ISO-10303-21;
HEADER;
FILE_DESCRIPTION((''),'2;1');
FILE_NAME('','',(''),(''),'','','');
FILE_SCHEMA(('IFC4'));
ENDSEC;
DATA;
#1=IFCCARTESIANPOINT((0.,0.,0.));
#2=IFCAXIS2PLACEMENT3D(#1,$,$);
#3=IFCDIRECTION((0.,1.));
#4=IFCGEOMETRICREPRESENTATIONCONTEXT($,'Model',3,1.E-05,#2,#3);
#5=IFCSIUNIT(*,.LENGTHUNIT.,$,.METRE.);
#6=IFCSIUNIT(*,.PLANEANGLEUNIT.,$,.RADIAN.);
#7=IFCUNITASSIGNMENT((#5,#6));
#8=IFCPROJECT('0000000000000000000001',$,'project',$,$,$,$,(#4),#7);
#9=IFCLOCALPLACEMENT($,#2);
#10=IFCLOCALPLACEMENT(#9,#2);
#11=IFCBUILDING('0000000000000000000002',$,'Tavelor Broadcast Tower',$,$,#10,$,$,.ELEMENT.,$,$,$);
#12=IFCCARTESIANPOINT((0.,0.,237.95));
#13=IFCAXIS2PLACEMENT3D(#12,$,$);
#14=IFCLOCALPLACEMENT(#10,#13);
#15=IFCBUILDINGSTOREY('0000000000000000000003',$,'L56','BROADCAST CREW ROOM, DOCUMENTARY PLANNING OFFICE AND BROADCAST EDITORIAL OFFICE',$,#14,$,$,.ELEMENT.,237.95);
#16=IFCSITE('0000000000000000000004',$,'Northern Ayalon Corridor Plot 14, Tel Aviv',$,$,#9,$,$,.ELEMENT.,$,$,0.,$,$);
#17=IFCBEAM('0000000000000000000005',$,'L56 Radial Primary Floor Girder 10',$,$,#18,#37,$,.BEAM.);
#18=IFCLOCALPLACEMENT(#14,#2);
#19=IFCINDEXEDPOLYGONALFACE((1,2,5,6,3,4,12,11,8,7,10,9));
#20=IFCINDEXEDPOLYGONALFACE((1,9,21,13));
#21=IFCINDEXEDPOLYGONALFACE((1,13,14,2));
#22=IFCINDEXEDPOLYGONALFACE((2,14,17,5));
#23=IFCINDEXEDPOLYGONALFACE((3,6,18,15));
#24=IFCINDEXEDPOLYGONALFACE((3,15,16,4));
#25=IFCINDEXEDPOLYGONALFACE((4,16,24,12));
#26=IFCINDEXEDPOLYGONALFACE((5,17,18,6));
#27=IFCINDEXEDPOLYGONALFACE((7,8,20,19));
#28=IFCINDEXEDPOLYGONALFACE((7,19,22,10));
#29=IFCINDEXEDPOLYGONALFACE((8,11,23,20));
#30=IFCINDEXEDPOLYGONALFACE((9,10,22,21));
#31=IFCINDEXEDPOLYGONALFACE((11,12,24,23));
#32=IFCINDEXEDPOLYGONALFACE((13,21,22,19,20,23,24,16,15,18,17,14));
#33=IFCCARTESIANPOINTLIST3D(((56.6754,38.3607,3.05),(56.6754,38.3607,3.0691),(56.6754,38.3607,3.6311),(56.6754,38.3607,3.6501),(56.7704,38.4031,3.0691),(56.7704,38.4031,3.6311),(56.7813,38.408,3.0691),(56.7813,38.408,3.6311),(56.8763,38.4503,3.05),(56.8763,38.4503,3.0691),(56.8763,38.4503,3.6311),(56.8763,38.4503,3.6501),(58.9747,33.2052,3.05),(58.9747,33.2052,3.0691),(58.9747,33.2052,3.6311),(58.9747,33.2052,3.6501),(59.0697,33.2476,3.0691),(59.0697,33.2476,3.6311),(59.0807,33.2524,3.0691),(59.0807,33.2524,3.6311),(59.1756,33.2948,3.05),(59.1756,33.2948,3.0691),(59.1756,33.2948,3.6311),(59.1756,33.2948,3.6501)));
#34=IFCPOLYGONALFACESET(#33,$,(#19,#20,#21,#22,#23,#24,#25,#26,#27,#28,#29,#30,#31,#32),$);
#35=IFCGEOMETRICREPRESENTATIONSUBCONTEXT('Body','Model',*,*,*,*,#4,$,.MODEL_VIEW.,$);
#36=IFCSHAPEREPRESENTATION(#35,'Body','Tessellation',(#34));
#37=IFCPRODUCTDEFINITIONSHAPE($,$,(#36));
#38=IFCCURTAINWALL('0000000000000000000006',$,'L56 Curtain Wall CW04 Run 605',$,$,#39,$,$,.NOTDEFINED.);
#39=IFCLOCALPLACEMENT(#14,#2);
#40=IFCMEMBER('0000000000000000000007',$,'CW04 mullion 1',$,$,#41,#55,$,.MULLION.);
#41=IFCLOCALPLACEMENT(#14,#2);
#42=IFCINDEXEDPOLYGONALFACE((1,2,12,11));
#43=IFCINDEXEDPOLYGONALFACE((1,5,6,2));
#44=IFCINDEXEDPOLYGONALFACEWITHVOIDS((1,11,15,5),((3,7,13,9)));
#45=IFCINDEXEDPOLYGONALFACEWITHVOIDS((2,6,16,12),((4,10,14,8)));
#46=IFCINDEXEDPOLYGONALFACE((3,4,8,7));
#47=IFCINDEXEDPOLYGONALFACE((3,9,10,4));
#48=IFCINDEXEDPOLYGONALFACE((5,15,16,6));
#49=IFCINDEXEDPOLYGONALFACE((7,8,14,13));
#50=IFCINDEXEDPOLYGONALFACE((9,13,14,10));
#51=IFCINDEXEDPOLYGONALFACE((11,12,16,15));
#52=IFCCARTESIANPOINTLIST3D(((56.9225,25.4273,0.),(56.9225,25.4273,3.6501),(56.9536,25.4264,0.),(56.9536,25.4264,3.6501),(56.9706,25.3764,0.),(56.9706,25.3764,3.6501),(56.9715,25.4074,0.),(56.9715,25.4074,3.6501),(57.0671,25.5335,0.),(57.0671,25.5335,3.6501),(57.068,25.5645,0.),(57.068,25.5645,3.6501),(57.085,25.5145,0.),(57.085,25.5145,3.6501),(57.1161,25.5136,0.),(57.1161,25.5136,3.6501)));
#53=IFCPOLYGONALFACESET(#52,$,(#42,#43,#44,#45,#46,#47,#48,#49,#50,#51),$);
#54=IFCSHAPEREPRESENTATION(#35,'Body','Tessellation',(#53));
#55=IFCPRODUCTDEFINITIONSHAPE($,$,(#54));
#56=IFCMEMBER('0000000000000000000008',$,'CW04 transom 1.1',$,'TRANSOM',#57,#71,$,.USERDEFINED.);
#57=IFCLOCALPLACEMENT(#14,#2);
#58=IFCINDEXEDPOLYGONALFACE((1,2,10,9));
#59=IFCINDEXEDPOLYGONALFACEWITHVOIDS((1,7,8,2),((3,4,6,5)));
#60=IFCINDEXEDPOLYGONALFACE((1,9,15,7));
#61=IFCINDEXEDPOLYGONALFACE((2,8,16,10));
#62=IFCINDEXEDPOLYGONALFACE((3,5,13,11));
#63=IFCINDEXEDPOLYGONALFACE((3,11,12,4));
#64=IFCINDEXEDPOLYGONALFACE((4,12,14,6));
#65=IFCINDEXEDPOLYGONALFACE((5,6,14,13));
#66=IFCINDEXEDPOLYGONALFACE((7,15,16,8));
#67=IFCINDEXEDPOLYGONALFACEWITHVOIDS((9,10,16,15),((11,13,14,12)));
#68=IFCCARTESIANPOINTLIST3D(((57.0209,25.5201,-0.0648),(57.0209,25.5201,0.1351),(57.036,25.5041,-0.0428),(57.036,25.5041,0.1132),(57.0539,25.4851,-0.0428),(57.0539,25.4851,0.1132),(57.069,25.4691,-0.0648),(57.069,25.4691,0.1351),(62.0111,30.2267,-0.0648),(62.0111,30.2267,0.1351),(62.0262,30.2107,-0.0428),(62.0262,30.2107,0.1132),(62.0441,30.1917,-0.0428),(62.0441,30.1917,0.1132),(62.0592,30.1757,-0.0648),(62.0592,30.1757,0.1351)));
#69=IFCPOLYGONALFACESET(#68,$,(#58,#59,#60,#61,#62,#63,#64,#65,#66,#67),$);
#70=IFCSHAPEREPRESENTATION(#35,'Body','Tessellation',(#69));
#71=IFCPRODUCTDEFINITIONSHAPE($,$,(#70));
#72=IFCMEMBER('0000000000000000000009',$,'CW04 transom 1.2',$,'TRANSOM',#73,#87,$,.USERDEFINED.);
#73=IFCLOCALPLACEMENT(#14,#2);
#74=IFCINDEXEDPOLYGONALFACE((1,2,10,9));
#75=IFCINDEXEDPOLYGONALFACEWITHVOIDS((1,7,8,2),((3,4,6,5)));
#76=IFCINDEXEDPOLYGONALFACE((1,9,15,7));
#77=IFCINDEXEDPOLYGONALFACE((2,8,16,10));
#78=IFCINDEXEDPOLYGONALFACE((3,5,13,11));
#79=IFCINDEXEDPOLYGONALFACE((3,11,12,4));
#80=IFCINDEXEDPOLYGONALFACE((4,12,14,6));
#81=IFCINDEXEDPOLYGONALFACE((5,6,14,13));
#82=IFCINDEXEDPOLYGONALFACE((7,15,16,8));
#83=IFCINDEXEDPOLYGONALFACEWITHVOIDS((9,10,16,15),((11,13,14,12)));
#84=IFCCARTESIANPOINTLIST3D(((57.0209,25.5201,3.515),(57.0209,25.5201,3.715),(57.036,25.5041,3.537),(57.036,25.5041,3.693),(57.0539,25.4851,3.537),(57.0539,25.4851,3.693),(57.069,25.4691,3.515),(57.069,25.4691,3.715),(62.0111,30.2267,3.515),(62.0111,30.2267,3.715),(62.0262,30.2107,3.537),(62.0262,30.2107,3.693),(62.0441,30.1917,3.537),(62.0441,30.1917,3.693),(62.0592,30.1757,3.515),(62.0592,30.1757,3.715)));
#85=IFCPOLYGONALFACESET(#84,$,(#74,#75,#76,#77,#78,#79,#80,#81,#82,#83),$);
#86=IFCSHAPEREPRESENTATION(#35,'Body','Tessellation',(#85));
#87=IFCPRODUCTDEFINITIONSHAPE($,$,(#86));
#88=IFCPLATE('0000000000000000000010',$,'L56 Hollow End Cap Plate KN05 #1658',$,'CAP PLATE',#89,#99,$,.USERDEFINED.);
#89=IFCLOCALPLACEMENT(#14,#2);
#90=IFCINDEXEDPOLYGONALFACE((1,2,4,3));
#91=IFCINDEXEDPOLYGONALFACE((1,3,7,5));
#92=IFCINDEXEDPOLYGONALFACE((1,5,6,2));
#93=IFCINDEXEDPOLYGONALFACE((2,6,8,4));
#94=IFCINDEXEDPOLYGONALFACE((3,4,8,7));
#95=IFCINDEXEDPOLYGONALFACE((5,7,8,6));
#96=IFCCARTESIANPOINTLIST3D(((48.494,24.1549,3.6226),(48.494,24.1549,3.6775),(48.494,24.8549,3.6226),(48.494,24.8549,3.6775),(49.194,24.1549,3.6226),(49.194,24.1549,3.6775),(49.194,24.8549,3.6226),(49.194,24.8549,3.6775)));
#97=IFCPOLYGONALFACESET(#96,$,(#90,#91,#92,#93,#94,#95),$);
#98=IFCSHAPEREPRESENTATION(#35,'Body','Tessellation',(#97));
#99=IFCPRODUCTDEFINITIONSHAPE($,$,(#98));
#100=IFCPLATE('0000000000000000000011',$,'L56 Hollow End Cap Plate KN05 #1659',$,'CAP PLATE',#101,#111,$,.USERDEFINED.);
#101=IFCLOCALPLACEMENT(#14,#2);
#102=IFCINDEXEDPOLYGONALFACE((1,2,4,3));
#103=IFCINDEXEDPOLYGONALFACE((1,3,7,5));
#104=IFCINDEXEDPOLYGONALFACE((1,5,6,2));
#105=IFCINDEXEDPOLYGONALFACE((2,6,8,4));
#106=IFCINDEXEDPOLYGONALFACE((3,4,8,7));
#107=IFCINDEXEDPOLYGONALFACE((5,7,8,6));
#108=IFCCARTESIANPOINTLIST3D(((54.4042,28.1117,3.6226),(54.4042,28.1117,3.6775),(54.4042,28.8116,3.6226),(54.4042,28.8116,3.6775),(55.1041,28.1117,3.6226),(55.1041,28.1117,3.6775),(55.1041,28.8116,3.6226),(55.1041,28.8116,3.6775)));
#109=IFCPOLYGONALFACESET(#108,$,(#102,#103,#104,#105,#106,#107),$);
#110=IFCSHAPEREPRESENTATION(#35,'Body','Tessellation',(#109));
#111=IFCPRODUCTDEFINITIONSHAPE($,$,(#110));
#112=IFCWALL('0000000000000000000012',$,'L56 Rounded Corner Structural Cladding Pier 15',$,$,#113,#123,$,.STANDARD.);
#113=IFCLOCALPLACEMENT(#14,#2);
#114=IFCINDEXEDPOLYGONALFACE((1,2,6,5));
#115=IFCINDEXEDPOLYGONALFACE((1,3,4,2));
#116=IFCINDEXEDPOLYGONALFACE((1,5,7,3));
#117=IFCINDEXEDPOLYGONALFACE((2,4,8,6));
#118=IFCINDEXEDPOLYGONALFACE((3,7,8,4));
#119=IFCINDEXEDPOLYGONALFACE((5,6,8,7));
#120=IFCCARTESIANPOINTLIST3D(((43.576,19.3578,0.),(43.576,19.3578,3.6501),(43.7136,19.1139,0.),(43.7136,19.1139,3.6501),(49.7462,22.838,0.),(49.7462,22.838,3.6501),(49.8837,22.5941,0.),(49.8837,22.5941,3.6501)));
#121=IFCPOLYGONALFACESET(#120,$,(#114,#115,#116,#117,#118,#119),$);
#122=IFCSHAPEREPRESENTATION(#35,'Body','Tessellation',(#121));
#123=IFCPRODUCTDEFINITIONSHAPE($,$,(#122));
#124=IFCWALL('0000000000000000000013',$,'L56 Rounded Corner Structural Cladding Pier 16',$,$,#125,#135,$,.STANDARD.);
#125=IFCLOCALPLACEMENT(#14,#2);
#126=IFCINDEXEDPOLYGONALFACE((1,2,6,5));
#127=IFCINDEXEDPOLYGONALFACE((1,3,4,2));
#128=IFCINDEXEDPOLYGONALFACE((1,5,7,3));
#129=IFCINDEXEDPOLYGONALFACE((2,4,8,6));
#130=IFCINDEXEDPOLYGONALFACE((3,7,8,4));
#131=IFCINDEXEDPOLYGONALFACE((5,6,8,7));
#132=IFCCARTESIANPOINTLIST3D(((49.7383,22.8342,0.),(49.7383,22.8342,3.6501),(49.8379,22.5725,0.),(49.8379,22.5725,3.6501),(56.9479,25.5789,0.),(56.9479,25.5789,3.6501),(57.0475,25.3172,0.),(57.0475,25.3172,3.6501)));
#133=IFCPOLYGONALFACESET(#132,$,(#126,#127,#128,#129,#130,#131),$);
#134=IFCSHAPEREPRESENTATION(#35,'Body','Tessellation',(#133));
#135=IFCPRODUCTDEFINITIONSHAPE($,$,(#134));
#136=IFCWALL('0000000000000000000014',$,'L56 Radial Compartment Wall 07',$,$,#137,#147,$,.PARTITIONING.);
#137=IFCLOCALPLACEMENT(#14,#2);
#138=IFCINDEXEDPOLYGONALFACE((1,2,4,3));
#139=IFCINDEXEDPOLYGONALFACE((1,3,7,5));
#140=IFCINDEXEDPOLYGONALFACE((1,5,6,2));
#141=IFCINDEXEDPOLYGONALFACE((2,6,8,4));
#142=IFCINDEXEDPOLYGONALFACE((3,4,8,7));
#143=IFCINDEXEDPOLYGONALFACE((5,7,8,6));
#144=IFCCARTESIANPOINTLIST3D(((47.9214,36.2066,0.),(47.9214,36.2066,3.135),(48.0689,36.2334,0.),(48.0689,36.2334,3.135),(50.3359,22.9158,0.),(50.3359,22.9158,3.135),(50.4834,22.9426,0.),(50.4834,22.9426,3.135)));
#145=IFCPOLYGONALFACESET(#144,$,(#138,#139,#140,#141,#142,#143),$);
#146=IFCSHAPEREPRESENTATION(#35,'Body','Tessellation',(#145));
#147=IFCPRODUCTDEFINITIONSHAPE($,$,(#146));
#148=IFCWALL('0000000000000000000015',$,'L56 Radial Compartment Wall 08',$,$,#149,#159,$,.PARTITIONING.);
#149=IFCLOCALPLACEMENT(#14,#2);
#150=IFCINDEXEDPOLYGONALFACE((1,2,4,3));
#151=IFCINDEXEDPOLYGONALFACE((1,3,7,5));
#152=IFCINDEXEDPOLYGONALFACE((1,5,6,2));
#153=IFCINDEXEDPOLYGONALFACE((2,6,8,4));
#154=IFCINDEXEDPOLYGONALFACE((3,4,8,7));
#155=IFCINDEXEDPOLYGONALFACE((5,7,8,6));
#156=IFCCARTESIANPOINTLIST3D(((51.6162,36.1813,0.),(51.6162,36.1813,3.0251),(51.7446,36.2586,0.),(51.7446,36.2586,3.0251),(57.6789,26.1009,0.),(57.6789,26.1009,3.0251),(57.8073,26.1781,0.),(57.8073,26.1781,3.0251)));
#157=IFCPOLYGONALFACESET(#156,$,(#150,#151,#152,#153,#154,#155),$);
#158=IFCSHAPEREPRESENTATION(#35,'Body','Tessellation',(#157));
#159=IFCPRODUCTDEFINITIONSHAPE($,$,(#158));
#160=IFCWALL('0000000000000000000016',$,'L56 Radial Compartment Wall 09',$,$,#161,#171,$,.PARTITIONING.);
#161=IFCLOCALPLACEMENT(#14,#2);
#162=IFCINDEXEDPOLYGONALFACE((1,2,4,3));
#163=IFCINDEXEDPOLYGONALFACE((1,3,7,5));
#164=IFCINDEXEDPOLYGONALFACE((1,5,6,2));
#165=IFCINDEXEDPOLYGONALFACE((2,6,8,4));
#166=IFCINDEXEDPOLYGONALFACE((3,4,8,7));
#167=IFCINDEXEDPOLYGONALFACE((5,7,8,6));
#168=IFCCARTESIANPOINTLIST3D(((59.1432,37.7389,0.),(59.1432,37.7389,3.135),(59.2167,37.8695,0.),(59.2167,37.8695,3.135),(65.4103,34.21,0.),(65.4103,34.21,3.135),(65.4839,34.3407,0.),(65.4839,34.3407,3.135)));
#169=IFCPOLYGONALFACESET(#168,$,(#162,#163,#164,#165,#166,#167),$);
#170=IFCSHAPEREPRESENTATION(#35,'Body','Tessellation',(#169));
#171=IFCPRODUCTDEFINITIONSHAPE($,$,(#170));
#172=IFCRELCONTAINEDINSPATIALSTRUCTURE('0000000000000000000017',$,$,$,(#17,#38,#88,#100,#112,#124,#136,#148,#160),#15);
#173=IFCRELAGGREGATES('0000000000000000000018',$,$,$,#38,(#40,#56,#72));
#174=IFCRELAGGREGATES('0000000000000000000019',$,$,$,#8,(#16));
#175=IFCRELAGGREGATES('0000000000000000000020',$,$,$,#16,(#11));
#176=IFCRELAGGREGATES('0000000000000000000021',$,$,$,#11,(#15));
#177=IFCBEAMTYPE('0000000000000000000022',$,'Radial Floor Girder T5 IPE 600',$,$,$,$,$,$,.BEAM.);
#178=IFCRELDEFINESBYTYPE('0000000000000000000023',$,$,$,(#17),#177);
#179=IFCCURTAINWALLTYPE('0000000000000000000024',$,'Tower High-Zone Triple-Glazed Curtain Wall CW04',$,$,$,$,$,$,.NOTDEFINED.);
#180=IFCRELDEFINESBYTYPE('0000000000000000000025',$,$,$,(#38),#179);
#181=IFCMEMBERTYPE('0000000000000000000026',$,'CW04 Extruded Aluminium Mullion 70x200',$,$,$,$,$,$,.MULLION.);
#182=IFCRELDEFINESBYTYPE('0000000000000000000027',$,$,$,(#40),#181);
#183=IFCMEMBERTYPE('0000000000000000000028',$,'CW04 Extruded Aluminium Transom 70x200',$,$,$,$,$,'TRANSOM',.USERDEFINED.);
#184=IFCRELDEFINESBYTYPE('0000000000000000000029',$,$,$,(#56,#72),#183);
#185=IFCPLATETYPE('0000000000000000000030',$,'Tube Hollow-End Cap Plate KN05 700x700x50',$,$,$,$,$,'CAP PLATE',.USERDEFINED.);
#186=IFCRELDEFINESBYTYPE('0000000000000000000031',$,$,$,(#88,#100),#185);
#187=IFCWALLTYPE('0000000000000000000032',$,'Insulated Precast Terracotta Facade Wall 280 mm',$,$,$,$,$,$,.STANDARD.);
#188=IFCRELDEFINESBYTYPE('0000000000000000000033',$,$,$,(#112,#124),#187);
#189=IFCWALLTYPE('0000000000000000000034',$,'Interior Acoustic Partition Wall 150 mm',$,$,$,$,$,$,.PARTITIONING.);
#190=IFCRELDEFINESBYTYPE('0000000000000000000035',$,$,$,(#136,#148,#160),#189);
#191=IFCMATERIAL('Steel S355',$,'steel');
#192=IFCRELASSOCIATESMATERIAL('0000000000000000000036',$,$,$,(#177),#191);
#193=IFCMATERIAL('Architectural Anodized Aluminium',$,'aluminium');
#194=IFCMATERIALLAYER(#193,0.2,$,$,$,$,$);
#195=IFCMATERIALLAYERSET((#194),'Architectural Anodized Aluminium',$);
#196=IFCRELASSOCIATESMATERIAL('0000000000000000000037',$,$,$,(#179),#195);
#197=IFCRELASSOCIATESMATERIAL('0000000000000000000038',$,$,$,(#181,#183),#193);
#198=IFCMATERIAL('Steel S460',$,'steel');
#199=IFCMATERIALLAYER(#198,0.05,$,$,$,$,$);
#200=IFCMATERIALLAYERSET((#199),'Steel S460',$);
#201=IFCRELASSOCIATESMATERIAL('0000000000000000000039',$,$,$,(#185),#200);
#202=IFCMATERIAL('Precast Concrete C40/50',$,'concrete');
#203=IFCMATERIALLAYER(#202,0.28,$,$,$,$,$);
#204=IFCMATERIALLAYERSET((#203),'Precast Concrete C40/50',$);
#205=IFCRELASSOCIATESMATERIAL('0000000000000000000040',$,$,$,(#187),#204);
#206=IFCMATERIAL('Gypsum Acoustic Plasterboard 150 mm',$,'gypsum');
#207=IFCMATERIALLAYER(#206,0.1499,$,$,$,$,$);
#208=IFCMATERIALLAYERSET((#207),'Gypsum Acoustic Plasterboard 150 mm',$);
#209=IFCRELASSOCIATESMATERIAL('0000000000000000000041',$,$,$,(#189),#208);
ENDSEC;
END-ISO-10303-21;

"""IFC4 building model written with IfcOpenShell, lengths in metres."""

from ifc_helpers import new_model, si_unit, direction, frame, frame_2d, origin, origin_2d, place, context, subcontext, project, spatial, rectangle, hollow_rectangle, i_section, extrude, source, transform, mapped, material, layer, layer_set, material_profile, profile_set, type_object, type_shapes, element, aggregate, save


model = new_model("IFC4")

# Units and contexts
model_context = context("Model", 3, precision=1e-05, world=origin(), true_north=direction((0.0, 1.0)))
body_context = subcontext(model_context, "Body", "Model", "MODEL_VIEW")
ifc_project = project(units=[si_unit("LENGTHUNIT", "METRE"), si_unit("PLANEANGLEUNIT", "RADIAN")], contexts=[model_context])

# Site, building, storey
site_placement = place(None, origin())
site = spatial("IfcSite", under=ifc_project, at=site_placement, Name="Northern Ayalon Corridor Plot 14, Tel Aviv", CompositionType="ELEMENT", RefElevation=0.0)
building_placement = place(site_placement, origin())
building = spatial("IfcBuilding", under=site, at=building_placement, Name="Tavelor Broadcast Tower", CompositionType="ELEMENT")
storey_placement = place(building_placement, frame((0.0, 0.0, 237.95)))
storey = spatial("IfcBuildingStorey", under=building, at=storey_placement, Name="L56", Description="BROADCAST CREW ROOM, DOCUMENTARY PLANNING OFFICE AND BROADCAST EDITORIAL OFFICE", CompositionType="ELEMENT", Elevation=237.95)

# Shared definitions
ifc_material_1 = material(Name="Steel S460", Category="steel")

# Beam
ifc_material_2 = material(Name="Steel S355", Category="steel")
ifc_material_profile_1 = material_profile(ifc_material_2, i_section(OverallWidth=0.22, OverallDepth=0.6001, WebThickness=0.012, FlangeThickness=0.019, at=origin_2d()), Name="IPE 600")
ifc_profile_set_1 = profile_set([ifc_material_profile_1], Name="Steel S355")
beam_type_1 = type_object("IfcBeamType", Name="Radial Floor Girder T5 IPE 600", PredefinedType="BEAM", material=ifc_profile_set_1)
beam_1_placement = place(storey_placement, frame((56.7759, 38.4055, 3.3501), z_axis=(0.407318, -0.913286, 0.0), x_axis=(0.913286, 0.407318, 0.0)))
element("IfcBeam", 1, at=beam_1_placement, inside=storey, type_object=beam_type_1, Name="L56 Radial Primary Floor Girder 10", PredefinedType="BEAM", context=body_context, shape_type="SweptSolid", body=[
    extrude(i_section(OverallWidth=0.22, OverallDepth=0.6001, WebThickness=0.012, FlangeThickness=0.019, at=origin_2d()), origin(), (0.0, 0.0, 1.0), 5.645),
])

# Curtain wall, members
ifc_material_3 = material(Name="Architectural Anodized Aluminium", Category="aluminium")
ifc_layer_1 = layer(ifc_material_3, 0.2)
ifc_layer_set_1 = layer_set([ifc_layer_1], Name="Architectural Anodized Aluminium")
curtain_wall_type = type_object("IfcCurtainWallType", Name="Tower High-Zone Triple-Glazed Curtain Wall CW04", PredefinedType="NOTDEFINED", material=ifc_layer_set_1)
curtain_wall_placement = place(storey_placement, origin())
curtain_wall = element("IfcCurtainWall", 2, at=curtain_wall_placement, inside=storey, type_object=curtain_wall_type, Name="L56 Curtain Wall CW04 Run 605", PredefinedType="NOTDEFINED")
ifc_material_profile_2 = material_profile(ifc_material_3, hollow_rectangle(XDim=0.0701, YDim=0.2, WallThickness=0.022, at=origin_2d()), Name="RHS 70x200x22")
ifc_profile_set_2 = profile_set([ifc_material_profile_2], Name="Architectural Anodized Aluminium")
member_type_1 = type_object("IfcMemberType", Name="CW04 Extruded Aluminium Mullion 70x200", PredefinedType="MULLION", material=ifc_profile_set_2)
shared_shape_1 = source(origin(), body_context, "Body", "SweptSolid", [
    extrude(hollow_rectangle(XDim=0.0701, YDim=0.2, WallThickness=0.022, at=origin_2d()), origin(), (0.0, 0.0, 1.0), 3.6501),
])
type_shapes(member_type_1, [shared_shape_1])
member_1_placement = place(storey_placement, frame((57.0193, 25.4705, 0.0), z_axis=(0.0, 0.0, 1.0), x_axis=(-0.68614, 0.72747, 0.0)))
member_1 = element("IfcMember", 3, at=member_1_placement, type_object=member_type_1, Name="CW04 mullion 1", PredefinedType="MULLION", context=body_context, shape_type="MappedRepresentation", body=[
    mapped(shared_shape_1, transform((0.0, 0.0, 0.0), scale=1.0)),
])
ifc_material_profile_3 = material_profile(ifc_material_3, hollow_rectangle(XDim=0.0701, YDim=0.2, WallThickness=0.022, at=origin_2d()), Name="RHS 70x200x22")
ifc_profile_set_3 = profile_set([ifc_material_profile_3], Name="Architectural Anodized Aluminium")
member_type_2 = type_object("IfcMemberType", Name="CW04 Extruded Aluminium Transom 70x200", ElementType="TRANSOM", PredefinedType="USERDEFINED", material=ifc_profile_set_3)
shared_shape_2 = source(origin(), body_context, "Body", "SweptSolid", [
    extrude(hollow_rectangle(XDim=0.0701, YDim=0.2, WallThickness=0.022, at=origin_2d()), origin(), (0.0, 0.0, 1.0), 6.8596),
])
type_shapes(member_type_2, [shared_shape_2])
member_2_placement = place(storey_placement, frame((57.0449, 25.4946, 0.0352), z_axis=(0.727483, 0.686126, 0.0), x_axis=(-0.686126, 0.727483, 0.0)))
member_2 = element("IfcMember", 4, at=member_2_placement, type_object=member_type_2, Name="CW04 transom 1.1", ObjectType="TRANSOM", PredefinedType="USERDEFINED", context=body_context, shape_type="MappedRepresentation", body=[
    mapped(shared_shape_2, transform((0.0, 0.0, 0.0), scale=1.0)),
])
member_3_placement = place(storey_placement, frame((57.0449, 25.4946, 3.615), z_axis=(0.727483, 0.686126, 0.0), x_axis=(-0.686126, 0.727483, 0.0)))
member_3 = element("IfcMember", 5, at=member_3_placement, type_object=member_type_2, Name="CW04 transom 1.2", ObjectType="TRANSOM", PredefinedType="USERDEFINED", context=body_context, shape_type="MappedRepresentation", body=[
    mapped(shared_shape_2, transform((0.0, 0.0, 0.0), scale=1.0)),
])
aggregate(curtain_wall, [member_1, member_2, member_3])

# Plates
ifc_layer_2 = layer(ifc_material_1, 0.05)
ifc_layer_set_2 = layer_set([ifc_layer_2], Name="Steel S460")
plate_type = type_object("IfcPlateType", Name="Tube Hollow-End Cap Plate KN05 700x700x50", ElementType="CAP PLATE", PredefinedType="USERDEFINED", material=ifc_layer_set_2)
shared_shape_3 = source(origin(), body_context, "Body", "SweptSolid", [
    extrude(rectangle(XDim=0.7, YDim=0.7, at=origin_2d()), origin(), (0.0, 0.0, 1.0), 0.0549),
])
type_shapes(plate_type, [shared_shape_3])
for number, where, z_axis, x_axis, name in (
    (6, (48.844, 24.5049, 3.6226), (0.0, 0.0, 1.0), (1.0, 0.0, 0.0), "L56 Hollow End Cap Plate KN05 #1658"),
    (7, (54.7542, 28.4617, 3.6226), (0.0, 0.0, 1.0), (1.0, 0.0, 0.0), "L56 Hollow End Cap Plate KN05 #1659"),
):
    element("IfcPlate", number, at=place(storey_placement, frame(where, z_axis=z_axis, x_axis=x_axis)), inside=storey, type_object=plate_type, Name=name, ObjectType="CAP PLATE", PredefinedType="USERDEFINED", context=body_context, shape_type="MappedRepresentation", body=[
        mapped(shared_shape_3, transform((0.0, 0.0, 0.0), scale=1.0)),
    ])

# Walls
ifc_material_4 = material(Name="Precast Concrete C40/50", Category="concrete")
ifc_layer_3 = layer(ifc_material_4, 0.28)
ifc_layer_set_3 = layer_set([ifc_layer_3], Name="Precast Concrete C40/50")
wall_type_1 = type_object("IfcWallType", Name="Insulated Precast Terracotta Facade Wall 280 mm", PredefinedType="STANDARD", material=ifc_layer_set_3)
wall_1_placement = place(storey_placement, frame((43.6448, 19.2358, 0.0), z_axis=(0.0, 0.0, 1.0), x_axis=(0.871002, 0.49128, 0.0)))
element("IfcWall", 8, at=wall_1_placement, inside=storey, type_object=wall_type_1, Name="L56 Rounded Corner Structural Cladding Pier 15", PredefinedType="STANDARD", context=body_context, shape_type="SweptSolid", body=[
    extrude(rectangle(XDim=7.084, YDim=0.28, at=frame_2d((3.542, 0.0))), origin(), (0.0, 0.0, 1.0), 3.6501),
])
wall_2_placement = place(storey_placement, frame((49.7881, 22.7034, 0.0), z_axis=(0.0, 0.0, 1.0), x_axis=(0.934567, 0.355787, 0.0)))
element("IfcWall", 9, at=wall_2_placement, inside=storey, type_object=wall_type_1, Name="L56 Rounded Corner Structural Cladding Pier 16", PredefinedType="STANDARD", context=body_context, shape_type="SweptSolid", body=[
    extrude(rectangle(XDim=7.7144, YDim=0.28, at=frame_2d((3.8572, 0.0))), origin(), (0.0, 0.0, 1.0), 3.6501),
])
ifc_material_5 = material(Name="Gypsum Acoustic Plasterboard 150 mm", Category="gypsum")
ifc_layer_4 = layer(ifc_material_5, 0.1499)
ifc_layer_set_4 = layer_set([ifc_layer_4], Name="Gypsum Acoustic Plasterboard 150 mm")
wall_type_2 = type_object("IfcWallType", Name="Interior Acoustic Partition Wall 150 mm", PredefinedType="PARTITIONING", material=ifc_layer_set_4)
wall_3_placement = place(storey_placement, frame((47.9951, 36.22, 0.0), z_axis=(0.0, 0.0, 1.0), x_axis=(0.178745, -0.983895, 0.0)))
element("IfcWall", 10, at=wall_3_placement, inside=storey, type_object=wall_type_2, Name="L56 Radial Compartment Wall 07", PredefinedType="PARTITIONING", context=body_context, shape_type="SweptSolid", body=[
    extrude(rectangle(XDim=13.5083, YDim=0.1499, at=frame_2d((6.7542, 0.0))), origin(), (0.0, 0.0, 1.0), 3.135),
])
wall_4_placement = place(storey_placement, frame((51.6804, 36.22, 0.0), z_axis=(0.0, 0.0, 1.0), x_axis=(0.515396, -0.856952, 0.0)))
element("IfcWall", 11, at=wall_4_placement, inside=storey, type_object=wall_type_2, Name="L56 Radial Compartment Wall 08", PredefinedType="PARTITIONING", context=body_context, shape_type="SweptSolid", body=[
    extrude(rectangle(XDim=11.7632, YDim=0.1499, at=frame_2d((5.8816, 0.0))), origin(), (0.0, 0.0, 1.0), 3.0251),
])
wall_5_placement = place(storey_placement, frame((59.1799, 37.8042, 0.0), z_axis=(0.0, 0.0, 1.0), x_axis=(0.871363, -0.490638, 0.0)))
element("IfcWall", 12, at=wall_5_placement, inside=storey, type_object=wall_type_2, Name="L56 Radial Compartment Wall 09", PredefinedType="PARTITIONING", context=body_context, shape_type="SweptSolid", body=[
    extrude(rectangle(XDim=7.1924, YDim=0.1499, at=frame_2d((3.5962, 0.0))), origin(), (0.0, 0.0, 1.0), 3.135),
])

save(model, "model.ifc")
